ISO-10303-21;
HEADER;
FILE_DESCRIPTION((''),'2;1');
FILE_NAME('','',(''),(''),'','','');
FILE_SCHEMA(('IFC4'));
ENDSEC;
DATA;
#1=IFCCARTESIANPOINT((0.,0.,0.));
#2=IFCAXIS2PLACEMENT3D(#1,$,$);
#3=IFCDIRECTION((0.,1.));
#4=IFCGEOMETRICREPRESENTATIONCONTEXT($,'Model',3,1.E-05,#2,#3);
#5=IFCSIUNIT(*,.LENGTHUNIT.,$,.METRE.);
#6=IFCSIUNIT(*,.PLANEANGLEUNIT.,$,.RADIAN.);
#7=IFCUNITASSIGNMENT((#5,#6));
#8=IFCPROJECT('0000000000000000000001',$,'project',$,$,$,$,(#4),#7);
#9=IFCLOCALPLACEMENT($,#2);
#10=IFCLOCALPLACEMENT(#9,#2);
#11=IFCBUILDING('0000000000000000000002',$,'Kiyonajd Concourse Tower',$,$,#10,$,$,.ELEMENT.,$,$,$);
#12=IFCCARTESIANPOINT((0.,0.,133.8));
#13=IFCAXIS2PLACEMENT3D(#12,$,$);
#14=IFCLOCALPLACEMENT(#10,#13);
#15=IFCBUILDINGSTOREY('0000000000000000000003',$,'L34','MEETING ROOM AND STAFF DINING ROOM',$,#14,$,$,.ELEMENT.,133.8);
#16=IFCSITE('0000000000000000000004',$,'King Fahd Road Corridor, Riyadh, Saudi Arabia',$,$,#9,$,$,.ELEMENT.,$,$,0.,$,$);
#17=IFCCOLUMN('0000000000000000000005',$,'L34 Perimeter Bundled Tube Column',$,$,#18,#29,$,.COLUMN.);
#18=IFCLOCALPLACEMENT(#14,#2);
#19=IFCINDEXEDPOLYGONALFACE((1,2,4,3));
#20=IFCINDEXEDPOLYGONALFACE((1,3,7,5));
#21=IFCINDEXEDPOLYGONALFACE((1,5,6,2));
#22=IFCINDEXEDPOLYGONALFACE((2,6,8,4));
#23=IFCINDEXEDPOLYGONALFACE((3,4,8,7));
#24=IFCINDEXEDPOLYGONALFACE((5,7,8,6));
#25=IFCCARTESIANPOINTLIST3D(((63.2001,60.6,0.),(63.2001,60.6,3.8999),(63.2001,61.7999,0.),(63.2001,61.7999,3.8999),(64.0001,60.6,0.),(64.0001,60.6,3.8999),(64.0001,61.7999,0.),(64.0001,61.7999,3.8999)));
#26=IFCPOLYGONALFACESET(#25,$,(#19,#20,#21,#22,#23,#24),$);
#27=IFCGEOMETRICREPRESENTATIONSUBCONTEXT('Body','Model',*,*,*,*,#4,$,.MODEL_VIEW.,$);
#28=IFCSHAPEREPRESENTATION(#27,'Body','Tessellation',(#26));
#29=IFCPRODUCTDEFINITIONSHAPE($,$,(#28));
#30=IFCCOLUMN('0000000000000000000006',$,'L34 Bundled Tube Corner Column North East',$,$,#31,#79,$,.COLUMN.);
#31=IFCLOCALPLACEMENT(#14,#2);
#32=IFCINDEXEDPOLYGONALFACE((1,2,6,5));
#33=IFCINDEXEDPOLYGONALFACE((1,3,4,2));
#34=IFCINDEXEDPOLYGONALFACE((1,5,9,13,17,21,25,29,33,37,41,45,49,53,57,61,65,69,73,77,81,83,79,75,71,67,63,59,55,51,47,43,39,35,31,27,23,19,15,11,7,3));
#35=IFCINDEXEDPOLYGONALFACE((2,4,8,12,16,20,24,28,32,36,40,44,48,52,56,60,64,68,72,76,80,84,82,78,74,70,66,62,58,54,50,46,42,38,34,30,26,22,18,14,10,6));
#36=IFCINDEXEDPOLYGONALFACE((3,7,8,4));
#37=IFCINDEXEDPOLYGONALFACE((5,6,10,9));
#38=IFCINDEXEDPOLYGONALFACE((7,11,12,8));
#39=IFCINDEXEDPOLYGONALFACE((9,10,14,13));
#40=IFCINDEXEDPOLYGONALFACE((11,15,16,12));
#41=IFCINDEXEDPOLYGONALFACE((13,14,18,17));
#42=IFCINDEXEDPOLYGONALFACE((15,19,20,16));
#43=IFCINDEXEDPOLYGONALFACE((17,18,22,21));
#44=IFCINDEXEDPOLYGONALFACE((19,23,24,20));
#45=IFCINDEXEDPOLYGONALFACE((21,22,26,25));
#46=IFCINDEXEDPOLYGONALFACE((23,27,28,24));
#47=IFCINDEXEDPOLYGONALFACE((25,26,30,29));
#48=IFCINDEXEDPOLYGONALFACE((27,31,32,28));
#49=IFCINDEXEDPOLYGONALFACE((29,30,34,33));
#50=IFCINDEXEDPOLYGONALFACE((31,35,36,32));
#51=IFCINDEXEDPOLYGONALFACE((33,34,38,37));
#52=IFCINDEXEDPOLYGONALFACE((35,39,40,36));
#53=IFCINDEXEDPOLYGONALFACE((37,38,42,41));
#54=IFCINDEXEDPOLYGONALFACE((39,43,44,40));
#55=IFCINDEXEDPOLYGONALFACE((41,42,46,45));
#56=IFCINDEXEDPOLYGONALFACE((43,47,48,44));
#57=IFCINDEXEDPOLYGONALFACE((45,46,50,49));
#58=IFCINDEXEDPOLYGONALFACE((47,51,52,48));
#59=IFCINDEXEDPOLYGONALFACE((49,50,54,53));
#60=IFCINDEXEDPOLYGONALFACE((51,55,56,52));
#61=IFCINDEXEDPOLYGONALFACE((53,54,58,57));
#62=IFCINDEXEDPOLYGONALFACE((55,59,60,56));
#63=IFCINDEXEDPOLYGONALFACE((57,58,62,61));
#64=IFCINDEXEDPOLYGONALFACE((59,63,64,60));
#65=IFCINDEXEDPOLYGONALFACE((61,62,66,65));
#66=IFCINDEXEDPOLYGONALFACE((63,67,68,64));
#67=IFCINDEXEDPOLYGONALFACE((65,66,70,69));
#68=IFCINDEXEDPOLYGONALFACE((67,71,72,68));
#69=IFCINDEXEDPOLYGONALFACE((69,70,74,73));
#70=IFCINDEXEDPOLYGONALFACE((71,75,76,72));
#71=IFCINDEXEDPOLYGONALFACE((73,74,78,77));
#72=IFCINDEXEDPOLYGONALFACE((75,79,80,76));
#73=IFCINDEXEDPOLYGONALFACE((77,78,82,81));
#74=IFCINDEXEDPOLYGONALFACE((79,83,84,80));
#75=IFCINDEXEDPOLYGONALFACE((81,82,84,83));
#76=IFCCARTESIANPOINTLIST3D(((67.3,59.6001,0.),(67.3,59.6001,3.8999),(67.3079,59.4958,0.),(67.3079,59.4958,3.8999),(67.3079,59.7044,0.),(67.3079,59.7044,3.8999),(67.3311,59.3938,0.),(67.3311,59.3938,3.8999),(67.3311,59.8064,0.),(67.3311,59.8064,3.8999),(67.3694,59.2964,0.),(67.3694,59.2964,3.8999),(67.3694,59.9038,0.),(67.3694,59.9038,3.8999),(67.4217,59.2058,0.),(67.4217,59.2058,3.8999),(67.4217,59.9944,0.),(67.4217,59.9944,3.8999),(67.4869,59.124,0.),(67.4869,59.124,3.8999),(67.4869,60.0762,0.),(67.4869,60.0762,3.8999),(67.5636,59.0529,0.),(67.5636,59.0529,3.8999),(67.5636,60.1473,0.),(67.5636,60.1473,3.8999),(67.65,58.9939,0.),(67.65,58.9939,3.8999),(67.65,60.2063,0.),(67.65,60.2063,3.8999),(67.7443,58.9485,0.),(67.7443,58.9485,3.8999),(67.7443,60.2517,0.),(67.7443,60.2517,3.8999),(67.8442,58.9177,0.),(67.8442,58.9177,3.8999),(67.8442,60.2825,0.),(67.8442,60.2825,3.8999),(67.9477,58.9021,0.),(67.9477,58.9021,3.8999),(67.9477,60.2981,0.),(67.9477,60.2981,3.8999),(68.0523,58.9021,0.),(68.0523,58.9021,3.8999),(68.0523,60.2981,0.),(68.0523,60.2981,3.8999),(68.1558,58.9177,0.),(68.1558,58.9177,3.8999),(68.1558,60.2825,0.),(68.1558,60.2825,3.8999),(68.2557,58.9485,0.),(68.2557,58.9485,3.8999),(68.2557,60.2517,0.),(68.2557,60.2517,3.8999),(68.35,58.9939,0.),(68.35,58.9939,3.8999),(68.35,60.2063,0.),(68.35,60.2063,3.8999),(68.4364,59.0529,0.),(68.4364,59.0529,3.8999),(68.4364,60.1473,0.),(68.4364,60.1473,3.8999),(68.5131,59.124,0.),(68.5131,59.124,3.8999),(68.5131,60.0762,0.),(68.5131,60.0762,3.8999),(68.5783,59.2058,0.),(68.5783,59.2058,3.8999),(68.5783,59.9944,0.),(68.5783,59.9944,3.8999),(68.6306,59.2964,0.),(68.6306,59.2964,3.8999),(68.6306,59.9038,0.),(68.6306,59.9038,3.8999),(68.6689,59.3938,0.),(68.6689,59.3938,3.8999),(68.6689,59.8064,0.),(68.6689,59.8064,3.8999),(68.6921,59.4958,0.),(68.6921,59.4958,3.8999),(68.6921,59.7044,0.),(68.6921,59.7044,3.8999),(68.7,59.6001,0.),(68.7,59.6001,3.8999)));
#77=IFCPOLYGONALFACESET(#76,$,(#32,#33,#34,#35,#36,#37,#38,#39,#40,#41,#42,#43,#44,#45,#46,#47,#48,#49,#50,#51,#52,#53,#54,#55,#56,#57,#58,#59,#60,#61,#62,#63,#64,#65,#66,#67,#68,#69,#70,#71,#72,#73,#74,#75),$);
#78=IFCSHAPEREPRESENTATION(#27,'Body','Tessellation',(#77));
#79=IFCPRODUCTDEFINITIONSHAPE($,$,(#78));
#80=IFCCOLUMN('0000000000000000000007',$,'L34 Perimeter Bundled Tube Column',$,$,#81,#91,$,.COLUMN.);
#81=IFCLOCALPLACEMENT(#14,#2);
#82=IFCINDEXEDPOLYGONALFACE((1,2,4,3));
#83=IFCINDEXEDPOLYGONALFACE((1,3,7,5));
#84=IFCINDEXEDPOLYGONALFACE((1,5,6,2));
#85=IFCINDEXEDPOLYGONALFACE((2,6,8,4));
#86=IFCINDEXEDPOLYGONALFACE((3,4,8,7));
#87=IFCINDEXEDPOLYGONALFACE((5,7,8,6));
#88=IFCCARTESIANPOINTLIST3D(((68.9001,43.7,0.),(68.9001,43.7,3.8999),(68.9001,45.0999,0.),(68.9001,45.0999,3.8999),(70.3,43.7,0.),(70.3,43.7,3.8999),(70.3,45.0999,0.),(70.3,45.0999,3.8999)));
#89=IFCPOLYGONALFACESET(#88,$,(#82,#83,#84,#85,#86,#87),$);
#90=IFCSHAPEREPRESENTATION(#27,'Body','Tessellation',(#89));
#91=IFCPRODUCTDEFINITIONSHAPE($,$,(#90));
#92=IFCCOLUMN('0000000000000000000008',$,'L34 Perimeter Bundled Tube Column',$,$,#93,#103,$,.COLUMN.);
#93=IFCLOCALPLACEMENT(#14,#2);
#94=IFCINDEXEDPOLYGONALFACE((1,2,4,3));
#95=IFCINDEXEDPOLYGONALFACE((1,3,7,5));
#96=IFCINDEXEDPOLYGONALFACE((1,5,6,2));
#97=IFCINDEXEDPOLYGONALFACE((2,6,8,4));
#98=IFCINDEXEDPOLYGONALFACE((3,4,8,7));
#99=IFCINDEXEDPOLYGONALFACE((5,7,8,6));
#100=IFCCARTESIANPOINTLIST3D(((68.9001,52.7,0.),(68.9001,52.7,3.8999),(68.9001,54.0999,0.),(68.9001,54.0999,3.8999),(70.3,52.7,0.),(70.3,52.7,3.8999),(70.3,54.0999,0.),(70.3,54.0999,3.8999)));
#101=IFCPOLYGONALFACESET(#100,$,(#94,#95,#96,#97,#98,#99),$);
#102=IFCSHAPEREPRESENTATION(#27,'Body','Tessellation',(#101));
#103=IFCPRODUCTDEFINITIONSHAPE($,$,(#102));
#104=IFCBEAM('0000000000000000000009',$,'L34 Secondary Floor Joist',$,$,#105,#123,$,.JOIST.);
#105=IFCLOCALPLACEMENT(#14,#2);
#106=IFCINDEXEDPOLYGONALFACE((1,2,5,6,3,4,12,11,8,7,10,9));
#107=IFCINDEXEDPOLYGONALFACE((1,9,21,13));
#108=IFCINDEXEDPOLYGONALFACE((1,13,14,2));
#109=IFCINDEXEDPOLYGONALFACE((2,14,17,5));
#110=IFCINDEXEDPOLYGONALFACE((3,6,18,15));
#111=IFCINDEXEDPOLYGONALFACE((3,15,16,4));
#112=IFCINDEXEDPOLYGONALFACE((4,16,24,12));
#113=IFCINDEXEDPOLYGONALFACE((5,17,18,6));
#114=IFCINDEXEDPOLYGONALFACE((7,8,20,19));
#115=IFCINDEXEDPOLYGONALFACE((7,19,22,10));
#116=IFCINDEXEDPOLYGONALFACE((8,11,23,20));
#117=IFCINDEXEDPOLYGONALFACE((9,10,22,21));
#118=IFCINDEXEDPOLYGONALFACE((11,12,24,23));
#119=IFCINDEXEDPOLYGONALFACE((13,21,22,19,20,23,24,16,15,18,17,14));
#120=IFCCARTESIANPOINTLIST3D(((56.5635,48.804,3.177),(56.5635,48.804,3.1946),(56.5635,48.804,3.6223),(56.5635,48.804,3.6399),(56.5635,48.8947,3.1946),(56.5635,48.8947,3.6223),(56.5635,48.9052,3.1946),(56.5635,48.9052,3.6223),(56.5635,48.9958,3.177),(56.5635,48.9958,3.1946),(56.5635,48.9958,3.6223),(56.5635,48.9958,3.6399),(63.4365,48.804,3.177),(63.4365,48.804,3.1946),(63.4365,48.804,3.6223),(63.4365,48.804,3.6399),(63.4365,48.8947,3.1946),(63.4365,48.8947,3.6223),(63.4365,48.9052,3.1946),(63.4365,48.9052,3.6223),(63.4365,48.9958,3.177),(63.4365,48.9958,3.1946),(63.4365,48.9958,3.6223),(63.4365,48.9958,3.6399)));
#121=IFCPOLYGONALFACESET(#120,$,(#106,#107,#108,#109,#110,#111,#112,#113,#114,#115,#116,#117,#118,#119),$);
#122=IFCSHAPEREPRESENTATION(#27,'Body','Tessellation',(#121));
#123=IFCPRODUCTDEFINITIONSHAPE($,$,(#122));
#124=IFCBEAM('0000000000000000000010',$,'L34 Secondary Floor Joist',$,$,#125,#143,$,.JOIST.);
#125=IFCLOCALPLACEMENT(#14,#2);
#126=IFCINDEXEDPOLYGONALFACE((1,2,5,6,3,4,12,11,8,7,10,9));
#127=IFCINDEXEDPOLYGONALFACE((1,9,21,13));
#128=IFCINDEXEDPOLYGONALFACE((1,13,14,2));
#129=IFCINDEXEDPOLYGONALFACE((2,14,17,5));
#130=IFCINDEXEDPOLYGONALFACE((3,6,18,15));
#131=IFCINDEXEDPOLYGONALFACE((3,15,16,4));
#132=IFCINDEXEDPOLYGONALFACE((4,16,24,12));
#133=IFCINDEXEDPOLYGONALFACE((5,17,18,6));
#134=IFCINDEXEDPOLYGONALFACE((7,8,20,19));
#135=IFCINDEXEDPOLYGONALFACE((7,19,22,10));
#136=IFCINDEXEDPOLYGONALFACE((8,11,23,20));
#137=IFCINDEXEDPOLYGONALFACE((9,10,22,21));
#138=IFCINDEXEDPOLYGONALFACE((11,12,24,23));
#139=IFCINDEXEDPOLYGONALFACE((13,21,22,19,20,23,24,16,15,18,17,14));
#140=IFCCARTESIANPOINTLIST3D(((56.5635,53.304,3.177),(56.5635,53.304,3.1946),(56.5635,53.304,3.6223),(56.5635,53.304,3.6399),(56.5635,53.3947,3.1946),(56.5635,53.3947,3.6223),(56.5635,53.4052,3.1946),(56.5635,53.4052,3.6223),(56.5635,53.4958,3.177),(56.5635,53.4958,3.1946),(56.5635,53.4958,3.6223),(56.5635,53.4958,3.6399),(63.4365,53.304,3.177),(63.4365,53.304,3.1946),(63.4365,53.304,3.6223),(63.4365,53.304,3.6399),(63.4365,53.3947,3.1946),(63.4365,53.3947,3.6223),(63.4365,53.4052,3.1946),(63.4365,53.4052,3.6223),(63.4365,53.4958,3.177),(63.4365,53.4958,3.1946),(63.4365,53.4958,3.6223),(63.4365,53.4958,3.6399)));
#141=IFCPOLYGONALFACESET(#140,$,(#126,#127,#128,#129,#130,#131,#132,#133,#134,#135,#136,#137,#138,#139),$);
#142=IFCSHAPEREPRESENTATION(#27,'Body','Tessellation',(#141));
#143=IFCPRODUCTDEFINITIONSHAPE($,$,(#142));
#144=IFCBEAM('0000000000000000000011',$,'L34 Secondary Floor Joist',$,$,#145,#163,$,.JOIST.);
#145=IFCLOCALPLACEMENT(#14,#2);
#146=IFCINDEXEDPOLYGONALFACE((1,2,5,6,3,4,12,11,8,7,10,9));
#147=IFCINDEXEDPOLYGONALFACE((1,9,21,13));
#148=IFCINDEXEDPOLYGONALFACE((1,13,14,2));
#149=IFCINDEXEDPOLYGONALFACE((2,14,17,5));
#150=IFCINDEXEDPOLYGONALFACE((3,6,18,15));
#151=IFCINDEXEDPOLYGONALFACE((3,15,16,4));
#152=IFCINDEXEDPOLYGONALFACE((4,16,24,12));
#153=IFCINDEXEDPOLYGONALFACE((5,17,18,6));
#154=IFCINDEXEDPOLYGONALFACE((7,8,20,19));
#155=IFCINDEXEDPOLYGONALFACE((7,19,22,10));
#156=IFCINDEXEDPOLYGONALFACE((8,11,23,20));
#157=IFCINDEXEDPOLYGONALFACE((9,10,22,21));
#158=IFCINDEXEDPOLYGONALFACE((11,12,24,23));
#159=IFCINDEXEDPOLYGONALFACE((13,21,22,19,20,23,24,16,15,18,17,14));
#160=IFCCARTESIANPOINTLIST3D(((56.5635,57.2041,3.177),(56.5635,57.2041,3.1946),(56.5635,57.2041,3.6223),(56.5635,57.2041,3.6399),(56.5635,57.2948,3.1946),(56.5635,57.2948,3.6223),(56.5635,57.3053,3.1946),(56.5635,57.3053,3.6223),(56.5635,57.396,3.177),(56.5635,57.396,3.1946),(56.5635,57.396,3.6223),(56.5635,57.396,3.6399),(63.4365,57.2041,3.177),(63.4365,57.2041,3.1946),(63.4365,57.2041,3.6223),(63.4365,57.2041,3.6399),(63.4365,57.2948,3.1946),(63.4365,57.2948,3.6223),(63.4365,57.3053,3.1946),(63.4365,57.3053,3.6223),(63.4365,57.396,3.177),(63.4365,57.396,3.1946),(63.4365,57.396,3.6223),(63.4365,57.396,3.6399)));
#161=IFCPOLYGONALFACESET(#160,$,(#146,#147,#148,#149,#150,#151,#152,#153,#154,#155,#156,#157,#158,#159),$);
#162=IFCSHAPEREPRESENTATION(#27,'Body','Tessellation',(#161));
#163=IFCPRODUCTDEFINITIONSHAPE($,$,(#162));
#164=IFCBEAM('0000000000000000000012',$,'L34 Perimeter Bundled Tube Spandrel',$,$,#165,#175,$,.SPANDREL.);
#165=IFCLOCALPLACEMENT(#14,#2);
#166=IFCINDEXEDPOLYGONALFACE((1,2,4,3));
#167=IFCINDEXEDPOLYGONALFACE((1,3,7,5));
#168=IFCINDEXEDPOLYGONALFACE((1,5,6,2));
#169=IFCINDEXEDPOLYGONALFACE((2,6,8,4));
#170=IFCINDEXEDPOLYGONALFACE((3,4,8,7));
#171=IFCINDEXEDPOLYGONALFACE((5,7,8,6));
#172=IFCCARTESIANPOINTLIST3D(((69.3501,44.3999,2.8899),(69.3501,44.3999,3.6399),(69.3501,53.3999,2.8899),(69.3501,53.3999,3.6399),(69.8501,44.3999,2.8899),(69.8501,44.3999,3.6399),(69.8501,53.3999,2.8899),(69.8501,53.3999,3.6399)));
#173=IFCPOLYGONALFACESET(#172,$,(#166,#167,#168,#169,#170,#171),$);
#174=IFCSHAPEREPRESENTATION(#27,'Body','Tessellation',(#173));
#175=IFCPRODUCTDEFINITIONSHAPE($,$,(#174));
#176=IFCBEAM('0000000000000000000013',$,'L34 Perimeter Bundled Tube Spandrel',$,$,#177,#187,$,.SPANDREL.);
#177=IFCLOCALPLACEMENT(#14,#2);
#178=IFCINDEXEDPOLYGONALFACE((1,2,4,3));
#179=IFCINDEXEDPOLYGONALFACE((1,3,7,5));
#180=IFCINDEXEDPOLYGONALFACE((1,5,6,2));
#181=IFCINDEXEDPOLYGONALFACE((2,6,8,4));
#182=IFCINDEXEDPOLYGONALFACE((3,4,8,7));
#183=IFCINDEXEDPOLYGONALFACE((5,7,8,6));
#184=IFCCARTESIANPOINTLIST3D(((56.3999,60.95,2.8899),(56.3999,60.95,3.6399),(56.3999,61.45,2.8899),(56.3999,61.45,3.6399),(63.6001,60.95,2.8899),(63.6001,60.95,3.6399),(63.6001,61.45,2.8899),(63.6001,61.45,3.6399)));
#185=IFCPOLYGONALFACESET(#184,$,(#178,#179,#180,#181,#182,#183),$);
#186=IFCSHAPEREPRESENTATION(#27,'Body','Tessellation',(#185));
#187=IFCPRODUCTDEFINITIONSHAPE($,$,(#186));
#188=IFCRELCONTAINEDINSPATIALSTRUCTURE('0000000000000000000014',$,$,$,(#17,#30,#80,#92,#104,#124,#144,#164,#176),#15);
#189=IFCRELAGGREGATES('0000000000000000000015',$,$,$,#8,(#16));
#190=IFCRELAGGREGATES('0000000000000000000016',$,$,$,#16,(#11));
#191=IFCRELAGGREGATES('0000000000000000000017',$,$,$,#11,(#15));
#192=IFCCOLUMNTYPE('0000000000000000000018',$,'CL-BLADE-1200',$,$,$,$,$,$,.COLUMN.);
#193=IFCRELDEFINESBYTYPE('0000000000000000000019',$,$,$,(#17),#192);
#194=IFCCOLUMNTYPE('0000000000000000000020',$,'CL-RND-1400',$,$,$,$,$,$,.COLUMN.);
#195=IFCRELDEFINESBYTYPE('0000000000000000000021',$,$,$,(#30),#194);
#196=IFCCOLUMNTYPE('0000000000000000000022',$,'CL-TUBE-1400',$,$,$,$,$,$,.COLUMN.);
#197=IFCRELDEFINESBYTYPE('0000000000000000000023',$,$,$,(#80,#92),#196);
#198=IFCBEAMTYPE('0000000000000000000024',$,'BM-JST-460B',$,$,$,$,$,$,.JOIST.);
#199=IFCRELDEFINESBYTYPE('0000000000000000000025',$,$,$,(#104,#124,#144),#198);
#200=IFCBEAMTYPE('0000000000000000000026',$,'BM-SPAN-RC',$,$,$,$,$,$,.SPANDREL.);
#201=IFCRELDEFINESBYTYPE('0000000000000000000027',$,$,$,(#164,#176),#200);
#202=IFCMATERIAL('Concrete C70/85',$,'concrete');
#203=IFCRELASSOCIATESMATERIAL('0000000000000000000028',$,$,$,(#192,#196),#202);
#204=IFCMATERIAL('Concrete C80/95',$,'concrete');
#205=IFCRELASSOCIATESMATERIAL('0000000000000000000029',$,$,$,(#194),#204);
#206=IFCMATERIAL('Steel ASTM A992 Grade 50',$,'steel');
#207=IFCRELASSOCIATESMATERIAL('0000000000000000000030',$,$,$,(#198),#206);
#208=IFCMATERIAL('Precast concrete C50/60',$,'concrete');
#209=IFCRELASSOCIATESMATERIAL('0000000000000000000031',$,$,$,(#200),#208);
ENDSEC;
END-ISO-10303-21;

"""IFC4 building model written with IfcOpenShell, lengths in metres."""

from ifc_helpers import new_model, si_unit, direction, frame, origin, origin_2d, place, context, subcontext, project, spatial, rectangle, circle, i_section, extrude, material, material_profile, profile_set, type_object, element, save


model = new_model("IFC4")

# Units and contexts
model_context = context("Model", 3, precision=1e-05, world=origin(), true_north=direction((0.0, 1.0)))
body_context = subcontext(model_context, "Body", "Model", "MODEL_VIEW")
ifc_project = project(units=[si_unit("LENGTHUNIT", "METRE"), si_unit("PLANEANGLEUNIT", "RADIAN")], contexts=[model_context])

# Site, building, storey
site_placement = place(None, origin())
site = spatial("IfcSite", under=ifc_project, at=site_placement, Name="King Fahd Road Corridor, Riyadh, Saudi Arabia", CompositionType="ELEMENT", RefElevation=0.0)
building_placement = place(site_placement, origin())
building = spatial("IfcBuilding", under=site, at=building_placement, Name="Kiyonajd Concourse Tower", CompositionType="ELEMENT")
storey_placement = place(building_placement, frame((0.0, 0.0, 133.8)))
storey = spatial("IfcBuildingStorey", under=building, at=storey_placement, Name="L34", Description="MEETING ROOM AND STAFF DINING ROOM", CompositionType="ELEMENT", Elevation=133.8)

# Columns
ifc_material_1 = material(Name="Concrete C70/85", Category="concrete")
ifc_material_profile_1 = material_profile(ifc_material_1, rectangle(XDim=0.8, YDim=1.2, at=origin_2d()), Name="RC-1200x800")
ifc_profile_set_1 = profile_set([ifc_material_profile_1], Name="Concrete C70/85")
column_type_1 = type_object("IfcColumnType", Name="CL-BLADE-1200", PredefinedType="COLUMN", material=ifc_profile_set_1)
column_1_placement = place(storey_placement, frame((63.6001, 61.2, 0.0), z_axis=(0.0, 0.0, 1.0), x_axis=(1.0, 0.0, 0.0)))
element("IfcColumn", 1, at=column_1_placement, inside=storey, type_object=column_type_1, Name="L34 Perimeter Bundled Tube Column", PredefinedType="COLUMN", context=body_context, shape_type="SweptSolid", body=[
    extrude(rectangle(XDim=0.8, YDim=1.2, at=origin_2d()), origin(), (0.0, 0.0, 1.0), 3.8999),
])
ifc_material_2 = material(Name="Concrete C80/95", Category="concrete")
ifc_material_profile_2 = material_profile(ifc_material_2, circle(Radius=0.7, at=origin_2d()), Name="RCC-D1400")
ifc_profile_set_2 = profile_set([ifc_material_profile_2], Name="Concrete C80/95")
column_type_2 = type_object("IfcColumnType", Name="CL-RND-1400", PredefinedType="COLUMN", material=ifc_profile_set_2)
column_2_placement = place(storey_placement, frame((68.0, 59.6001, 0.0), z_axis=(0.0, 0.0, 1.0), x_axis=(1.0, 0.0, 0.0)))
element("IfcColumn", 2, at=column_2_placement, inside=storey, type_object=column_type_2, Name="L34 Bundled Tube Corner Column North East", PredefinedType="COLUMN", context=body_context, shape_type="SweptSolid", body=[
    extrude(circle(Radius=0.7, at=origin_2d()), origin(), (0.0, 0.0, 1.0), 3.8999),
])
ifc_material_profile_3 = material_profile(ifc_material_1, rectangle(XDim=1.3999, YDim=1.3999, at=origin_2d()), Name="RC-1400x1400")
ifc_profile_set_3 = profile_set([ifc_material_profile_3], Name="Concrete C70/85")
column_type_3 = type_object("IfcColumnType", Name="CL-TUBE-1400", PredefinedType="COLUMN", material=ifc_profile_set_3)
for number, where, z_axis, x_axis, name in (
    (3, (69.6001, 44.3999, 0.0), (0.0, 0.0, 1.0), (1.0, 0.0, 0.0), "L34 Perimeter Bundled Tube Column"),
    (4, (69.6001, 53.3999, 0.0), (0.0, 0.0, 1.0), (1.0, 0.0, 0.0), "L34 Perimeter Bundled Tube Column"),
):
    element("IfcColumn", number, at=place(storey_placement, frame(where, z_axis=z_axis, x_axis=x_axis)), inside=storey, type_object=column_type_3, Name=name, PredefinedType="COLUMN", context=body_context, shape_type="SweptSolid", body=[
        extrude(rectangle(XDim=1.3999, YDim=1.3999, at=origin_2d()), origin(), (0.0, 0.0, 1.0), 3.8999),
    ])

# Beams
ifc_material_3 = material(Name="Steel ASTM A992 Grade 50", Category="steel")
ifc_material_profile_4 = material_profile(ifc_material_3, i_section(OverallWidth=0.1919, OverallDepth=0.4629, WebThickness=0.0105, FlangeThickness=0.0176, at=origin_2d()), Name="W460X89")
ifc_profile_set_4 = profile_set([ifc_material_profile_4], Name="Steel ASTM A992 Grade 50")
beam_type_1 = type_object("IfcBeamType", Name="BM-JST-460B", PredefinedType="JOIST", material=ifc_profile_set_4)
for number, where, z_axis, x_axis, name in (
    (5, (56.5635, 48.8999, 3.4084), (1.0, 0.0, 0.0), (0.0, 1.0, 0.0), "L34 Secondary Floor Joist"),
    (6, (56.5635, 53.3999, 3.4084), (1.0, 0.0, 0.0), (0.0, 1.0, 0.0), "L34 Secondary Floor Joist"),
    (7, (56.5635, 57.3, 3.4084), (1.0, 0.0, 0.0), (0.0, 1.0, 0.0), "L34 Secondary Floor Joist"),
):
    element("IfcBeam", number, at=place(storey_placement, frame(where, z_axis=z_axis, x_axis=x_axis)), inside=storey, type_object=beam_type_1, Name=name, PredefinedType="JOIST", context=body_context, shape_type="SweptSolid", body=[
        extrude(i_section(OverallWidth=0.1919, OverallDepth=0.4629, WebThickness=0.0105, FlangeThickness=0.0176, at=origin_2d()), origin(), (0.0, 0.0, 1.0), 6.873),
    ])
ifc_material_4 = material(Name="Precast concrete C50/60", Category="concrete")
ifc_material_profile_5 = material_profile(ifc_material_4, rectangle(XDim=0.5, YDim=0.75, at=origin_2d()), Name="RCBM-500x750")
ifc_profile_set_5 = profile_set([ifc_material_profile_5], Name="Precast concrete C50/60")
beam_type_2 = type_object("IfcBeamType", Name="BM-SPAN-RC", PredefinedType="SPANDREL", material=ifc_profile_set_5)
beam_1_placement = place(storey_placement, frame((69.6001, 44.3999, 3.2649), z_axis=(0.0, 1.0, 0.0), x_axis=(-1.0, 0.0, 0.0)))
element("IfcBeam", 8, at=beam_1_placement, inside=storey, type_object=beam_type_2, Name="L34 Perimeter Bundled Tube Spandrel", PredefinedType="SPANDREL", context=body_context, shape_type="SweptSolid", body=[
    extrude(rectangle(XDim=0.5, YDim=0.75, at=origin_2d()), origin(), (0.0, 0.0, 1.0), 9.0),
])
beam_2_placement = place(storey_placement, frame((63.6001, 61.2, 3.2649), z_axis=(-1.0, 0.0, 0.0), x_axis=(0.0, -1.0, 0.0)))
element("IfcBeam", 9, at=beam_2_placement, inside=storey, type_object=beam_type_2, Name="L34 Perimeter Bundled Tube Spandrel", PredefinedType="SPANDREL", context=body_context, shape_type="SweptSolid", body=[
    extrude(rectangle(XDim=0.5, YDim=0.75, at=origin_2d()), origin(), (0.0, 0.0, 1.0), 7.2002),
])

save(model, "model.ifc")
